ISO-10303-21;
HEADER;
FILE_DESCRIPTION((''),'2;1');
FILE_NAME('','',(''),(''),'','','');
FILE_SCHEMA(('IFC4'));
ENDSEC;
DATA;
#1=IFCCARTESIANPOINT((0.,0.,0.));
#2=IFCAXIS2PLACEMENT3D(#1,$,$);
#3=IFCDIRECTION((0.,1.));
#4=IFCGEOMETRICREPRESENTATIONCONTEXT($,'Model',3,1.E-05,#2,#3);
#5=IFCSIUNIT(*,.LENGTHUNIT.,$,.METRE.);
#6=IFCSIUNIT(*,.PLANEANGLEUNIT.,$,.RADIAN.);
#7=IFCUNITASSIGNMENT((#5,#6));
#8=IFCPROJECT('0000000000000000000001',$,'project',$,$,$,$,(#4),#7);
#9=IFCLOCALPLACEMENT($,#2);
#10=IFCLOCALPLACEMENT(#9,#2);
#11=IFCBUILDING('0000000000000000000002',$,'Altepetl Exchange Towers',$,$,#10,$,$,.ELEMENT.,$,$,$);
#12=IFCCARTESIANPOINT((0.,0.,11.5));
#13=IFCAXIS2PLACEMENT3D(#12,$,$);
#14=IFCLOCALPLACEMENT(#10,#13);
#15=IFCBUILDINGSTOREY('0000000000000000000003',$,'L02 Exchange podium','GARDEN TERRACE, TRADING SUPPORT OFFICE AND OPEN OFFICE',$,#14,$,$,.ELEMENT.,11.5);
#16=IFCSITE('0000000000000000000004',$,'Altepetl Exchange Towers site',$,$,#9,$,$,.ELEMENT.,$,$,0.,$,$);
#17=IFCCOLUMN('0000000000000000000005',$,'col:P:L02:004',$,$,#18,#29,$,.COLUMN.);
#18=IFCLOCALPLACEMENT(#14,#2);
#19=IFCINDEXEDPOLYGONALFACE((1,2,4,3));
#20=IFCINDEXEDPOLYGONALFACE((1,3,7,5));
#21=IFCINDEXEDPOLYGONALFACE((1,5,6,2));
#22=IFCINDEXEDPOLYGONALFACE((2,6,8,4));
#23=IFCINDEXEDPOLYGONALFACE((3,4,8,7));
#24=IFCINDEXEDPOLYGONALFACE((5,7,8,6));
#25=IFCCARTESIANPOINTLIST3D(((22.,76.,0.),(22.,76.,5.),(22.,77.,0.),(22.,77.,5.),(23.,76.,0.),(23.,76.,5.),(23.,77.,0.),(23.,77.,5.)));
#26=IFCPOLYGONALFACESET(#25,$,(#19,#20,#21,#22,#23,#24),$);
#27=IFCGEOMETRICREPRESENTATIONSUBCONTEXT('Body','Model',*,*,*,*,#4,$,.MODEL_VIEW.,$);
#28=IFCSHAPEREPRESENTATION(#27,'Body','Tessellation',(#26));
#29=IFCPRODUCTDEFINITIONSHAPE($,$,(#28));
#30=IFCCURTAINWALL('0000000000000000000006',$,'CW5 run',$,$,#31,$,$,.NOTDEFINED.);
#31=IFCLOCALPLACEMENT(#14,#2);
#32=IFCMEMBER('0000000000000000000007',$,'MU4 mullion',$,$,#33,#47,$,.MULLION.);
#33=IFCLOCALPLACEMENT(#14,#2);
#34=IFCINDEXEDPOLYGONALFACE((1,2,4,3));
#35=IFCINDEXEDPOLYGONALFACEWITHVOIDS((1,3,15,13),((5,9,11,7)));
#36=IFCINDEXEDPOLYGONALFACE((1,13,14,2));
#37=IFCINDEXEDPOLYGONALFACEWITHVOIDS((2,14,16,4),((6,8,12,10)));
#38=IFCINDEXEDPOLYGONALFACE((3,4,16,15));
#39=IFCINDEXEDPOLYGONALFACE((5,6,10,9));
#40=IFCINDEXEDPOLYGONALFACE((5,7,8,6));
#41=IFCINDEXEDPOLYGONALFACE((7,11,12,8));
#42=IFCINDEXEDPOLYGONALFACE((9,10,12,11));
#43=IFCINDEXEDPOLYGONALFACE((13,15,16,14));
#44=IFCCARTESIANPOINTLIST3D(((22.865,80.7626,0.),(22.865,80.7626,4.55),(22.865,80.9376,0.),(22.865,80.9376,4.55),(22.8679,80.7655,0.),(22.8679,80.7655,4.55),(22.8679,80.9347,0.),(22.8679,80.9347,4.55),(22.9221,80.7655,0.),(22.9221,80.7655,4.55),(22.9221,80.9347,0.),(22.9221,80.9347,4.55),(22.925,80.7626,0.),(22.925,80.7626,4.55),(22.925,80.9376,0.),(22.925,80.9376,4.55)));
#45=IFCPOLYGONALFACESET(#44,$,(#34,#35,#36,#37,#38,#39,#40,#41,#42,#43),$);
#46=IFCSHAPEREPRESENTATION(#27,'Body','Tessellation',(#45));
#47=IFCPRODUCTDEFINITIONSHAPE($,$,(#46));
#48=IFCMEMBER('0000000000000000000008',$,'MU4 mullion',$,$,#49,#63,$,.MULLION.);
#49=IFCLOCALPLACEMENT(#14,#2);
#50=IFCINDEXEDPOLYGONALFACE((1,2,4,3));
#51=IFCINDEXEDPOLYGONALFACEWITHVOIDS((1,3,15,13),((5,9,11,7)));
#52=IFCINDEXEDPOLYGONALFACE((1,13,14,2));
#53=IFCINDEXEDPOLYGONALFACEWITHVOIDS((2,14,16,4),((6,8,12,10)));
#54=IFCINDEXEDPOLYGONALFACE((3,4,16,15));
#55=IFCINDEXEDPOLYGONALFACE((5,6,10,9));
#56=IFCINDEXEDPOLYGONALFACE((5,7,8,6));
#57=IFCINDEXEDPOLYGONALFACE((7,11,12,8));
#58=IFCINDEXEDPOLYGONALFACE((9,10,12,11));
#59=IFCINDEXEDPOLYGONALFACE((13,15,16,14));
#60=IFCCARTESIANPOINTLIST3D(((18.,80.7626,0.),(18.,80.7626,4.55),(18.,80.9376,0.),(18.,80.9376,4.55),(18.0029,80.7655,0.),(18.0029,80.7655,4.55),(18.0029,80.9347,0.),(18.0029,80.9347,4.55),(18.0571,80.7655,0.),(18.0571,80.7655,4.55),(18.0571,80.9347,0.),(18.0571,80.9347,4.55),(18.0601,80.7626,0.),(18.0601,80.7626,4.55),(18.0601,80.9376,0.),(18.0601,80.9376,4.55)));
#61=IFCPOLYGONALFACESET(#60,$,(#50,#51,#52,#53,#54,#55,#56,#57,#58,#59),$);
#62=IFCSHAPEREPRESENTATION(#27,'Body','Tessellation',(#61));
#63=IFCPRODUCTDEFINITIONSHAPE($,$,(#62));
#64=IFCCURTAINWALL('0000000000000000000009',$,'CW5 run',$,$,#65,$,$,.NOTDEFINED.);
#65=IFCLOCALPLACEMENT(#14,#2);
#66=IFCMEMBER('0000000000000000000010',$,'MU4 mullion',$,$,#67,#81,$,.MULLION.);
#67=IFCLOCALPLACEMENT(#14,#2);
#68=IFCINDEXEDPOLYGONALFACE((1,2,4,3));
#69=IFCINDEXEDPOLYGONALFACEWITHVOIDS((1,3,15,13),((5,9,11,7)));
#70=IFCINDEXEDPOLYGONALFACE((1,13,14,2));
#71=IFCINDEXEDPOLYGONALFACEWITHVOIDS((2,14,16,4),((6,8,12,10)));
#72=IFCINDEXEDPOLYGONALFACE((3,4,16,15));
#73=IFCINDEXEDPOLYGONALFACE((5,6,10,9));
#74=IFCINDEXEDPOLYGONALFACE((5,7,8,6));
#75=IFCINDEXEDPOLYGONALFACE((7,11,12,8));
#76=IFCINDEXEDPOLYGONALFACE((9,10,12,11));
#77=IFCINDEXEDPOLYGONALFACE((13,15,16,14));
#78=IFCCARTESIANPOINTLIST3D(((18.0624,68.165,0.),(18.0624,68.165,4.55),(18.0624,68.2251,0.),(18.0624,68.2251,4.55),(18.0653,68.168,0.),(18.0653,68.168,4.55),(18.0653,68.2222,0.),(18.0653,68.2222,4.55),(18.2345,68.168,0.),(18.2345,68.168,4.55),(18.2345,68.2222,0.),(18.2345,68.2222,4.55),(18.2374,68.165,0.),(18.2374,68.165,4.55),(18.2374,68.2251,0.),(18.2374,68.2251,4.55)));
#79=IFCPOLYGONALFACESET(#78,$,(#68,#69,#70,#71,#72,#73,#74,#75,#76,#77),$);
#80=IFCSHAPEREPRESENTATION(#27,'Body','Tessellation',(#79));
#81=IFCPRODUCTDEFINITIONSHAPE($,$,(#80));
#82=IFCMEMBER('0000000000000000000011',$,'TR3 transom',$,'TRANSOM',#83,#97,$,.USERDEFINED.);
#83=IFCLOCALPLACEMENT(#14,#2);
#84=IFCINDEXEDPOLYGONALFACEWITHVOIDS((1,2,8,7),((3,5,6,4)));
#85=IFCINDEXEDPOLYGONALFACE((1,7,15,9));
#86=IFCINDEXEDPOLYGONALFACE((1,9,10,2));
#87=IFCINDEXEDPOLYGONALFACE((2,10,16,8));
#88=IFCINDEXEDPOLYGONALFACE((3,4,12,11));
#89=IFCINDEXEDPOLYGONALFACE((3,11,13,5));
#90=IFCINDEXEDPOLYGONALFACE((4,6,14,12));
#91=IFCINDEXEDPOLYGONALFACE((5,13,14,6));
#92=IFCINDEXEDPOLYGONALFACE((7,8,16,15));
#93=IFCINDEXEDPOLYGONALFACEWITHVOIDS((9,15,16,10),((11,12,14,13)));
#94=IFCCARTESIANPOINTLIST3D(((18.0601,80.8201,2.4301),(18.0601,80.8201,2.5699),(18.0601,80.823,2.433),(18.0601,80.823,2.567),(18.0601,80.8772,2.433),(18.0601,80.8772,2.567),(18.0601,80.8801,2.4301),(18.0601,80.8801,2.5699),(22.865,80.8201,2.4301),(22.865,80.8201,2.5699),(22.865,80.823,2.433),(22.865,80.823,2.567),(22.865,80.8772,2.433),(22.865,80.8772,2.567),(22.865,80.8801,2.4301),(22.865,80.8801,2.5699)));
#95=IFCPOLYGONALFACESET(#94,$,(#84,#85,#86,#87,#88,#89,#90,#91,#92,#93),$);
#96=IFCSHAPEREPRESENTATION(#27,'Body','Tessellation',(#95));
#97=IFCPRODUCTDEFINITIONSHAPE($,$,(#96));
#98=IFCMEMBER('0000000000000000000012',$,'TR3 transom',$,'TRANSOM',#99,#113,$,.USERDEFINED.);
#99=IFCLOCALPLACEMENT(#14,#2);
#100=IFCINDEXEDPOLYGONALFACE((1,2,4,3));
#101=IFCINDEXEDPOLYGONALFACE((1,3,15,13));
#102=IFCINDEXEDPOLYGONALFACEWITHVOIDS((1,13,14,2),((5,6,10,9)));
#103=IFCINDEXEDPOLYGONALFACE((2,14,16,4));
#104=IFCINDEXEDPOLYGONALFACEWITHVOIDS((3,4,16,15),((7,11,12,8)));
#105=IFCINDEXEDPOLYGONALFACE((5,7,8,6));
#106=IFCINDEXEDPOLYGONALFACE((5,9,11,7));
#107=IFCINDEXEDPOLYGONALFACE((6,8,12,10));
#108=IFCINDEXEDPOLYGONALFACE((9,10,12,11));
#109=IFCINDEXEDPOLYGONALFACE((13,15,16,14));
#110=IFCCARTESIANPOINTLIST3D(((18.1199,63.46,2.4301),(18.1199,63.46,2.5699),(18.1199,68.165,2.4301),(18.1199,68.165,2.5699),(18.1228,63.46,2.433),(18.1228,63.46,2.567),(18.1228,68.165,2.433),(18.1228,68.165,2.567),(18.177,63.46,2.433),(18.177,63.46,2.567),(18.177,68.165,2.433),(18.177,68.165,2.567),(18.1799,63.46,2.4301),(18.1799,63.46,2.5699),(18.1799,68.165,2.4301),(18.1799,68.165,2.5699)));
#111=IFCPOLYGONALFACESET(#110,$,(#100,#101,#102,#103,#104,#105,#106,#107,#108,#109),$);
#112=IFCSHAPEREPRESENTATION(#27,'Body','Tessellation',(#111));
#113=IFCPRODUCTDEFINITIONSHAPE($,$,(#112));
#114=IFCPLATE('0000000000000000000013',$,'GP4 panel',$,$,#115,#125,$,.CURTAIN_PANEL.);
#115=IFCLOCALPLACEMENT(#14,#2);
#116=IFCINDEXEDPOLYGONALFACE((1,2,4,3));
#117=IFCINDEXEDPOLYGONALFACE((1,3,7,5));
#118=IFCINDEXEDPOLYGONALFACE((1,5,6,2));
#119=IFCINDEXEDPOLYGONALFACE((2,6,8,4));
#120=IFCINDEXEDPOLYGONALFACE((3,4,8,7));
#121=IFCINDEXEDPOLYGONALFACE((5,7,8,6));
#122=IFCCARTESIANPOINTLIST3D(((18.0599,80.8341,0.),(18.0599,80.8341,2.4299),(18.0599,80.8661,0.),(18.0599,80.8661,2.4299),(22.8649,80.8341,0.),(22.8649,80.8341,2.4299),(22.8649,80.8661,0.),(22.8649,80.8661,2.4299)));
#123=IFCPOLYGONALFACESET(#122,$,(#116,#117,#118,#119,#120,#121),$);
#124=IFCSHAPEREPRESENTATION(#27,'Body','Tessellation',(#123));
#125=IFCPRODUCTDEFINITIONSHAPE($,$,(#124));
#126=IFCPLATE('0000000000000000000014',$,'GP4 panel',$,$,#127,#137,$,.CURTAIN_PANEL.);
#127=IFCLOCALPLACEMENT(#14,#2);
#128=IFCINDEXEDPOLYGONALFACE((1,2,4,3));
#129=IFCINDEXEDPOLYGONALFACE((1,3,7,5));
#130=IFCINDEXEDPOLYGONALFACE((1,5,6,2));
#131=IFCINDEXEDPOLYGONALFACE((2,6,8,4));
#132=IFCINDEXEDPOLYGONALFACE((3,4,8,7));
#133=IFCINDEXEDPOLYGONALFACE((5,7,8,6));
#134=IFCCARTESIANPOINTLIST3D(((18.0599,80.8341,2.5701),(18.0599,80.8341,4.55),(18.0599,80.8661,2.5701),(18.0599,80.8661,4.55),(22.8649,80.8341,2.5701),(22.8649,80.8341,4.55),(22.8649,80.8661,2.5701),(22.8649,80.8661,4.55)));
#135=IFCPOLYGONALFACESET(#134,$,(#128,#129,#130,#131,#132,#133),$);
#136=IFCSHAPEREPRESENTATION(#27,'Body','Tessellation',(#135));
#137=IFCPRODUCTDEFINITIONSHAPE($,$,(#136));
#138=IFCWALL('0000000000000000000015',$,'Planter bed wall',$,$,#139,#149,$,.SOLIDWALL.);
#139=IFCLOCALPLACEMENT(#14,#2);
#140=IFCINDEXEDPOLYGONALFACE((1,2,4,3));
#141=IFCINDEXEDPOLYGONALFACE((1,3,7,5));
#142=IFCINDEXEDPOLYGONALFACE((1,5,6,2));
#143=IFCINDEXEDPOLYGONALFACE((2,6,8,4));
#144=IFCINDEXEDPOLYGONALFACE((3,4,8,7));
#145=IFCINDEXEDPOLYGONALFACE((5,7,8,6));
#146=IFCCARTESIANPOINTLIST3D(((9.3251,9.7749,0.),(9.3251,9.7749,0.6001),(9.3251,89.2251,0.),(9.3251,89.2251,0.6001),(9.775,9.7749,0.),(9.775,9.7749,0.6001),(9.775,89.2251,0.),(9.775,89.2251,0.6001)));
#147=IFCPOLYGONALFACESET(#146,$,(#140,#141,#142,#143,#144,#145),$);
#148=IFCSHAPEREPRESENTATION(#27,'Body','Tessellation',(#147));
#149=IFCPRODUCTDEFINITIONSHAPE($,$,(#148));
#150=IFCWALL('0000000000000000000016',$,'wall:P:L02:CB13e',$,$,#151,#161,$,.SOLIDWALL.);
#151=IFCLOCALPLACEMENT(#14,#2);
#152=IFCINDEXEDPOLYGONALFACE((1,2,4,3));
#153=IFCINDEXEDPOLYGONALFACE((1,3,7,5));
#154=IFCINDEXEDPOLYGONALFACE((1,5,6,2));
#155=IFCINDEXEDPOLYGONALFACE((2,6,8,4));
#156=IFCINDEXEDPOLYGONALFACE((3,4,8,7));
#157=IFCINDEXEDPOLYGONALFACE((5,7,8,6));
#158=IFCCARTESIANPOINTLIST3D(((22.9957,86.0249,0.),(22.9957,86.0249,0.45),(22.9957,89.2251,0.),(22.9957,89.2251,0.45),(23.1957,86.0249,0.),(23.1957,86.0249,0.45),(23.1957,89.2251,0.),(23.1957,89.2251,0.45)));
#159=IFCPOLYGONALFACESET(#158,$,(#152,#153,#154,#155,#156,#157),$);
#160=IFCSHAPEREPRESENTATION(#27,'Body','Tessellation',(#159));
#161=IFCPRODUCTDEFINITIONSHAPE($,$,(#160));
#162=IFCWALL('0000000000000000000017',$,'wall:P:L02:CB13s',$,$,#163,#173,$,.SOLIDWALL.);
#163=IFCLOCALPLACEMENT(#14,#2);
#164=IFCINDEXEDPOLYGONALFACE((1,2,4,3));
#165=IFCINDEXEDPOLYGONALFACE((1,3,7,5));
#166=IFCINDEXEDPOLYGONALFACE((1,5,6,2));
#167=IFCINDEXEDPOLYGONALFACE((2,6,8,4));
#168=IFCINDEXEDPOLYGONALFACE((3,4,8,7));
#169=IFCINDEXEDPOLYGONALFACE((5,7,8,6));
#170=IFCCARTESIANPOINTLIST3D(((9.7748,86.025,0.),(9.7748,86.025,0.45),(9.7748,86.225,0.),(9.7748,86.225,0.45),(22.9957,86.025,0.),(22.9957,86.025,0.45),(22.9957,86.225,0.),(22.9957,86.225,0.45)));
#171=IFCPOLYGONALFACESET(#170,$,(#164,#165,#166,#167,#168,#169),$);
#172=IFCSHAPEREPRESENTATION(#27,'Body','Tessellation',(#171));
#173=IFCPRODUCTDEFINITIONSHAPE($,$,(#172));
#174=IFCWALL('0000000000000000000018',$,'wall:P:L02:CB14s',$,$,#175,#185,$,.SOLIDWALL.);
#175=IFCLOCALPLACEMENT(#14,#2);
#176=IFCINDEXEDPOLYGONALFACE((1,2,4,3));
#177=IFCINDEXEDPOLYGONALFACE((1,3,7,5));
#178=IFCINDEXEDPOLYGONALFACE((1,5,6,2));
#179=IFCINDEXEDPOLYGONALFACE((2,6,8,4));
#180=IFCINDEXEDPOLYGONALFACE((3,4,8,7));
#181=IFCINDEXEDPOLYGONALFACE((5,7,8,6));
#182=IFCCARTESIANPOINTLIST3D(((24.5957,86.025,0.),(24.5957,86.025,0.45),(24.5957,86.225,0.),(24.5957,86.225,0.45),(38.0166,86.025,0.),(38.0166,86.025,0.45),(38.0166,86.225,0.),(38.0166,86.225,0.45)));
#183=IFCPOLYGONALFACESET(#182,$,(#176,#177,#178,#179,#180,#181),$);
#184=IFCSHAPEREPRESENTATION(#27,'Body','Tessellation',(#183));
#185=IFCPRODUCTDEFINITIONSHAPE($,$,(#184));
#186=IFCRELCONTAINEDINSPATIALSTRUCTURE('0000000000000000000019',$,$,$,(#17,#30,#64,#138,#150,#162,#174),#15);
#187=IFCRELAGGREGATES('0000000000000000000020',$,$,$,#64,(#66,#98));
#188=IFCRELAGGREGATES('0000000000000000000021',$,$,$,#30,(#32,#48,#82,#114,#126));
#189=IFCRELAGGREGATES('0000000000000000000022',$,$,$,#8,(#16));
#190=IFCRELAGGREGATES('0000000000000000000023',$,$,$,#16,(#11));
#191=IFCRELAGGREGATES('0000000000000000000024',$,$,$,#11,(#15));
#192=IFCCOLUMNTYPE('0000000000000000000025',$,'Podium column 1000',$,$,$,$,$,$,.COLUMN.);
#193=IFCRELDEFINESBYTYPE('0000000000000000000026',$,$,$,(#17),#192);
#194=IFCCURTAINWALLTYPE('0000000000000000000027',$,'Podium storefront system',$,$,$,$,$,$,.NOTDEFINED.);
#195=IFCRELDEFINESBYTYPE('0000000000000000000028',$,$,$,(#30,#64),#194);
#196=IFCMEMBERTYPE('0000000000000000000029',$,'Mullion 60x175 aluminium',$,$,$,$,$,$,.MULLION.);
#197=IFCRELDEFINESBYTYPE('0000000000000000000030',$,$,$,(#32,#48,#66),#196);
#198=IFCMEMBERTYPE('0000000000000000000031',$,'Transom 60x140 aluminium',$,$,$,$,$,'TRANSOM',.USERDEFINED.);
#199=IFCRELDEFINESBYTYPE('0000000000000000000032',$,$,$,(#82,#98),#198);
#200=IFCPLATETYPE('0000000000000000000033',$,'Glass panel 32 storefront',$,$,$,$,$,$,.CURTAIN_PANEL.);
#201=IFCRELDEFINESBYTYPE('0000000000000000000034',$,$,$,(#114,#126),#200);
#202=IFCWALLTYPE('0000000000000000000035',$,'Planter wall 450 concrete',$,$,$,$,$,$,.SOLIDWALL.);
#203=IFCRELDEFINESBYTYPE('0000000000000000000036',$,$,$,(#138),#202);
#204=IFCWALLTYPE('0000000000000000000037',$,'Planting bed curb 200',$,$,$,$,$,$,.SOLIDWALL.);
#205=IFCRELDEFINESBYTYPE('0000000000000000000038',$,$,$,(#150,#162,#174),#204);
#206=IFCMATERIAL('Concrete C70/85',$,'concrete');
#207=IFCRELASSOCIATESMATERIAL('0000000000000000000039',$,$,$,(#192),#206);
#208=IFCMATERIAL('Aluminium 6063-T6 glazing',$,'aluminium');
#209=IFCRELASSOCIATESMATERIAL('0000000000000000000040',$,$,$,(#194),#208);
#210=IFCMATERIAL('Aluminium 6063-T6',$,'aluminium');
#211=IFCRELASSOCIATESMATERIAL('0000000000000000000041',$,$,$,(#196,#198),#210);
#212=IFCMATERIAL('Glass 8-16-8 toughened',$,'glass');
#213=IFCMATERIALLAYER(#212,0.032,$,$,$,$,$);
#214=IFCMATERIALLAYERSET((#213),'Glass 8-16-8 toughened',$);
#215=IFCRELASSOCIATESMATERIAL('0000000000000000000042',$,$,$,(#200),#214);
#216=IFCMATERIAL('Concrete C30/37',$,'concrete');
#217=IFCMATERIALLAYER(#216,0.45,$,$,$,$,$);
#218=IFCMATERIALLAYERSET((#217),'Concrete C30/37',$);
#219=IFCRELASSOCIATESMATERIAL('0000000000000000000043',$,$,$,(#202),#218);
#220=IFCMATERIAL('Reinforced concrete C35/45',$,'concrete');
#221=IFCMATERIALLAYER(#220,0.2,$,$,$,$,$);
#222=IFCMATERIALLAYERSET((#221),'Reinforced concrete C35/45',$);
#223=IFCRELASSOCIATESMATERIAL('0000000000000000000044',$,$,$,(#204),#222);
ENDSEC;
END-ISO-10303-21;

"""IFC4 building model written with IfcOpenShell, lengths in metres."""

from ifc_helpers import new_model, si_unit, direction, frame, frame_2d, origin, origin_2d, place, context, subcontext, project, spatial, rectangle, hollow_rectangle, extrude, material, layer, layer_set, material_profile, profile_set, type_object, element, aggregate, save


model = new_model("IFC4")

# Units and contexts
model_context = context("Model", 3, precision=1e-05, world=origin(), true_north=direction((0.0, 1.0)))
body_context = subcontext(model_context, "Body", "Model", "MODEL_VIEW")
ifc_project = project(units=[si_unit("LENGTHUNIT", "METRE"), si_unit("PLANEANGLEUNIT", "RADIAN")], contexts=[model_context])

# Site, building, storey
site_placement = place(None, origin())
site = spatial("IfcSite", under=ifc_project, at=site_placement, Name="Altepetl Exchange Towers site", CompositionType="ELEMENT", RefElevation=0.0)
building_placement = place(site_placement, origin())
building = spatial("IfcBuilding", under=site, at=building_placement, Name="Altepetl Exchange Towers", CompositionType="ELEMENT")
storey_placement = place(building_placement, frame((0.0, 0.0, 11.5)))
storey = spatial("IfcBuildingStorey", under=building, at=storey_placement, Name="L02 Exchange podium", Description="GARDEN TERRACE, TRADING SUPPORT OFFICE AND OPEN OFFICE", CompositionType="ELEMENT", Elevation=11.5)

# Column
ifc_material_1 = material(Name="Concrete C70/85", Category="concrete")
ifc_material_profile_1 = material_profile(ifc_material_1, rectangle(XDim=1.0, YDim=1.0, at=origin_2d()), Name="1000 x 1000")
ifc_profile_set_1 = profile_set([ifc_material_profile_1], Name="Concrete C70/85")
column_type = type_object("IfcColumnType", Name="Podium column 1000", PredefinedType="COLUMN", material=ifc_profile_set_1)
column_placement = place(storey_placement, frame((22.5, 76.5, 0.0)))
element("IfcColumn", 1, at=column_placement, inside=storey, type_object=column_type, Name="col:P:L02:004", PredefinedType="COLUMN", context=body_context, shape_type="SweptSolid", body=[
    extrude(rectangle(XDim=1.0, YDim=1.0, at=origin_2d()), origin(), (0.0, 0.0, 1.0), 5.0),
])

# Curtain wall, members
ifc_material_2 = material(Name="Aluminium 6063-T6 glazing", Category="aluminium")
curtain_wall_type = type_object("IfcCurtainWallType", Name="Podium storefront system", PredefinedType="NOTDEFINED", material=ifc_material_2)
curtain_wall_1_placement = place(storey_placement, origin())
curtain_wall_1 = element("IfcCurtainWall", 2, at=curtain_wall_1_placement, inside=storey, type_object=curtain_wall_type, Name="CW5 run", PredefinedType="NOTDEFINED")
ifc_material_3 = material(Name="Aluminium 6063-T6", Category="aluminium")
ifc_material_profile_2 = material_profile(ifc_material_3, hollow_rectangle(XDim=0.0601, YDim=0.175, WallThickness=0.0029, at=origin_2d()), Name="Mullion 60x175 aluminium")
ifc_profile_set_2 = profile_set([ifc_material_profile_2], Name="Aluminium 6063-T6")
member_type_1 = type_object("IfcMemberType", Name="Mullion 60x175 aluminium", PredefinedType="MULLION", material=ifc_profile_set_2)
member_1_placement = place(storey_placement, frame((22.895, 80.8501, 0.0), z_axis=(0.0, 0.0, 1.0), x_axis=(-1.0, 0.0, 0.0)))
member_1 = element("IfcMember", 3, at=member_1_placement, type_object=member_type_1, Name="MU4 mullion", PredefinedType="MULLION", context=body_context, shape_type="SweptSolid", body=[
    extrude(hollow_rectangle(XDim=0.0601, YDim=0.175, WallThickness=0.0029, at=origin_2d()), origin(), (0.0, 0.0, 1.0), 4.55),
])
member_2_placement = place(storey_placement, frame((18.03, 80.8501, 0.0), z_axis=(0.0, 0.0, 1.0), x_axis=(-1.0, 0.0, 0.0)))
member_2 = element("IfcMember", 4, at=member_2_placement, type_object=member_type_1, Name="MU4 mullion", PredefinedType="MULLION", context=body_context, shape_type="SweptSolid", body=[
    extrude(hollow_rectangle(XDim=0.0601, YDim=0.175, WallThickness=0.0029, at=origin_2d()), origin(), (0.0, 0.0, 1.0), 4.55),
])

# Curtain wall, member
curtain_wall_2_placement = place(storey_placement, origin())
curtain_wall_2 = element("IfcCurtainWall", 5, at=curtain_wall_2_placement, inside=storey, type_object=curtain_wall_type, Name="CW5 run", PredefinedType="NOTDEFINED")
member_3_placement = place(storey_placement, frame((18.1499, 68.1951, 0.0), z_axis=(0.0, 0.0, 1.0), x_axis=(0.0, -1.0, 0.0)))
member_3 = element("IfcMember", 6, at=member_3_placement, type_object=member_type_1, Name="MU4 mullion", PredefinedType="MULLION", context=body_context, shape_type="SweptSolid", body=[
    extrude(hollow_rectangle(XDim=0.0601, YDim=0.175, WallThickness=0.0029, at=origin_2d()), origin(), (0.0, 0.0, 1.0), 4.55),
])

# Members
ifc_material_profile_3 = material_profile(ifc_material_3, hollow_rectangle(XDim=0.0601, YDim=0.1399, WallThickness=0.0029, at=origin_2d()), Name="Transom 60x140 aluminium")
ifc_profile_set_3 = profile_set([ifc_material_profile_3], Name="Aluminium 6063-T6")
member_type_2 = type_object("IfcMemberType", Name="Transom 60x140 aluminium", ElementType="TRANSOM", PredefinedType="USERDEFINED", material=ifc_profile_set_3)
member_4_placement = place(storey_placement, frame((22.865, 80.8501, 2.5), z_axis=(-1.0, 0.0, 0.0), x_axis=(0.0, -1.0, 0.0)))
member_4 = element("IfcMember", 7, at=member_4_placement, type_object=member_type_2, Name="TR3 transom", ObjectType="TRANSOM", PredefinedType="USERDEFINED", context=body_context, shape_type="SweptSolid", body=[
    extrude(hollow_rectangle(XDim=0.0601, YDim=0.1399, WallThickness=0.0029, at=origin_2d()), origin(), (0.0, 0.0, 1.0), 4.8049),
])
member_5_placement = place(storey_placement, frame((18.1499, 68.165, 2.5), z_axis=(0.0, -1.0, 0.0), x_axis=(1.0, 0.0, 0.0)))
member_5 = element("IfcMember", 8, at=member_5_placement, type_object=member_type_2, Name="TR3 transom", ObjectType="TRANSOM", PredefinedType="USERDEFINED", context=body_context, shape_type="SweptSolid", body=[
    extrude(hollow_rectangle(XDim=0.0601, YDim=0.1399, WallThickness=0.0029, at=origin_2d()), origin(), (0.0, 0.0, 1.0), 4.7051),
])
aggregate(curtain_wall_2, [member_3, member_5])

# Plates
ifc_material_4 = material(Name="Glass 8-16-8 toughened", Category="glass")
ifc_layer_1 = layer(ifc_material_4, 0.032)
ifc_layer_set_1 = layer_set([ifc_layer_1], Name="Glass 8-16-8 toughened")
plate_type = type_object("IfcPlateType", Name="Glass panel 32 storefront", PredefinedType="CURTAIN_PANEL", material=ifc_layer_set_1)
plate_1_placement = place(storey_placement, frame((20.4624, 80.8501, 0.0), z_axis=(0.0, 0.0, 1.0), x_axis=(-1.0, 0.0, 0.0)))
plate_1 = element("IfcPlate", 9, at=plate_1_placement, type_object=plate_type, Name="GP4 panel", PredefinedType="CURTAIN_PANEL", context=body_context, shape_type="SweptSolid", body=[
    extrude(rectangle(XDim=4.8049, YDim=0.032, at=origin_2d()), origin(), (0.0, 0.0, 1.0), 2.4299),
])
plate_2_placement = place(storey_placement, frame((20.4624, 80.8501, 2.5701), z_axis=(0.0, 0.0, 1.0), x_axis=(-1.0, 0.0, 0.0)))
plate_2 = element("IfcPlate", 10, at=plate_2_placement, type_object=plate_type, Name="GP4 panel", PredefinedType="CURTAIN_PANEL", context=body_context, shape_type="SweptSolid", body=[
    extrude(rectangle(XDim=4.8049, YDim=0.032, at=origin_2d()), origin(), (0.0, 0.0, 1.0), 1.98),
])
aggregate(curtain_wall_1, [member_1, member_2, member_4, plate_1, plate_2])

# Walls
ifc_material_5 = material(Name="Concrete C30/37", Category="concrete")
ifc_layer_2 = layer(ifc_material_5, 0.45)
ifc_layer_set_2 = layer_set([ifc_layer_2], Name="Concrete C30/37")
wall_type_1 = type_object("IfcWallType", Name="Planter wall 450 concrete", PredefinedType="SOLIDWALL", material=ifc_layer_set_2)
wall_1_placement = place(storey_placement, frame((9.55, 89.2251, 0.0), z_axis=(0.0, 0.0, 1.0), x_axis=(0.0, -1.0, 0.0)))
element("IfcWall", 11, at=wall_1_placement, inside=storey, type_object=wall_type_1, Name="Planter bed wall", PredefinedType="SOLIDWALL", context=body_context, shape_type="SweptSolid", body=[
    extrude(rectangle(XDim=79.4502, YDim=0.45, at=frame_2d((39.7251, 0.0))), origin(), (0.0, 0.0, 1.0), 0.6001),
])
ifc_material_6 = material(Name="Reinforced concrete C35/45", Category="concrete")
ifc_layer_3 = layer(ifc_material_6, 0.2)
ifc_layer_set_3 = layer_set([ifc_layer_3], Name="Reinforced concrete C35/45")
wall_type_2 = type_object("IfcWallType", Name="Planting bed curb 200", PredefinedType="SOLIDWALL", material=ifc_layer_set_3)
wall_2_placement = place(storey_placement, frame((23.0957, 86.0249, 0.0), z_axis=(0.0, 0.0, 1.0), x_axis=(0.0, 1.0, 0.0)))
element("IfcWall", 12, at=wall_2_placement, inside=storey, type_object=wall_type_2, Name="wall:P:L02:CB13e", PredefinedType="SOLIDWALL", context=body_context, shape_type="SweptSolid", body=[
    extrude(rectangle(XDim=3.2002, YDim=0.2, at=frame_2d((1.6001, 0.0))), origin(), (0.0, 0.0, 1.0), 0.45),
])
wall_3_placement = place(storey_placement, frame((9.7749, 86.125, 0.0)))
element("IfcWall", 13, at=wall_3_placement, inside=storey, type_object=wall_type_2, Name="wall:P:L02:CB13s", PredefinedType="SOLIDWALL", context=body_context, shape_type="SweptSolid", body=[
    extrude(rectangle(XDim=13.2209, YDim=0.2, at=frame_2d((6.6104, 0.0))), origin(), (0.0, 0.0, 1.0), 0.45),
])
wall_4_placement = place(storey_placement, frame((24.5957, 86.125, 0.0)))
element("IfcWall", 14, at=wall_4_placement, inside=storey, type_object=wall_type_2, Name="wall:P:L02:CB14s", PredefinedType="SOLIDWALL", context=body_context, shape_type="SweptSolid", body=[
    extrude(rectangle(XDim=13.4209, YDim=0.2, at=frame_2d((6.7104, 0.0))), origin(), (0.0, 0.0, 1.0), 0.45),
])

save(model, "model.ifc")
